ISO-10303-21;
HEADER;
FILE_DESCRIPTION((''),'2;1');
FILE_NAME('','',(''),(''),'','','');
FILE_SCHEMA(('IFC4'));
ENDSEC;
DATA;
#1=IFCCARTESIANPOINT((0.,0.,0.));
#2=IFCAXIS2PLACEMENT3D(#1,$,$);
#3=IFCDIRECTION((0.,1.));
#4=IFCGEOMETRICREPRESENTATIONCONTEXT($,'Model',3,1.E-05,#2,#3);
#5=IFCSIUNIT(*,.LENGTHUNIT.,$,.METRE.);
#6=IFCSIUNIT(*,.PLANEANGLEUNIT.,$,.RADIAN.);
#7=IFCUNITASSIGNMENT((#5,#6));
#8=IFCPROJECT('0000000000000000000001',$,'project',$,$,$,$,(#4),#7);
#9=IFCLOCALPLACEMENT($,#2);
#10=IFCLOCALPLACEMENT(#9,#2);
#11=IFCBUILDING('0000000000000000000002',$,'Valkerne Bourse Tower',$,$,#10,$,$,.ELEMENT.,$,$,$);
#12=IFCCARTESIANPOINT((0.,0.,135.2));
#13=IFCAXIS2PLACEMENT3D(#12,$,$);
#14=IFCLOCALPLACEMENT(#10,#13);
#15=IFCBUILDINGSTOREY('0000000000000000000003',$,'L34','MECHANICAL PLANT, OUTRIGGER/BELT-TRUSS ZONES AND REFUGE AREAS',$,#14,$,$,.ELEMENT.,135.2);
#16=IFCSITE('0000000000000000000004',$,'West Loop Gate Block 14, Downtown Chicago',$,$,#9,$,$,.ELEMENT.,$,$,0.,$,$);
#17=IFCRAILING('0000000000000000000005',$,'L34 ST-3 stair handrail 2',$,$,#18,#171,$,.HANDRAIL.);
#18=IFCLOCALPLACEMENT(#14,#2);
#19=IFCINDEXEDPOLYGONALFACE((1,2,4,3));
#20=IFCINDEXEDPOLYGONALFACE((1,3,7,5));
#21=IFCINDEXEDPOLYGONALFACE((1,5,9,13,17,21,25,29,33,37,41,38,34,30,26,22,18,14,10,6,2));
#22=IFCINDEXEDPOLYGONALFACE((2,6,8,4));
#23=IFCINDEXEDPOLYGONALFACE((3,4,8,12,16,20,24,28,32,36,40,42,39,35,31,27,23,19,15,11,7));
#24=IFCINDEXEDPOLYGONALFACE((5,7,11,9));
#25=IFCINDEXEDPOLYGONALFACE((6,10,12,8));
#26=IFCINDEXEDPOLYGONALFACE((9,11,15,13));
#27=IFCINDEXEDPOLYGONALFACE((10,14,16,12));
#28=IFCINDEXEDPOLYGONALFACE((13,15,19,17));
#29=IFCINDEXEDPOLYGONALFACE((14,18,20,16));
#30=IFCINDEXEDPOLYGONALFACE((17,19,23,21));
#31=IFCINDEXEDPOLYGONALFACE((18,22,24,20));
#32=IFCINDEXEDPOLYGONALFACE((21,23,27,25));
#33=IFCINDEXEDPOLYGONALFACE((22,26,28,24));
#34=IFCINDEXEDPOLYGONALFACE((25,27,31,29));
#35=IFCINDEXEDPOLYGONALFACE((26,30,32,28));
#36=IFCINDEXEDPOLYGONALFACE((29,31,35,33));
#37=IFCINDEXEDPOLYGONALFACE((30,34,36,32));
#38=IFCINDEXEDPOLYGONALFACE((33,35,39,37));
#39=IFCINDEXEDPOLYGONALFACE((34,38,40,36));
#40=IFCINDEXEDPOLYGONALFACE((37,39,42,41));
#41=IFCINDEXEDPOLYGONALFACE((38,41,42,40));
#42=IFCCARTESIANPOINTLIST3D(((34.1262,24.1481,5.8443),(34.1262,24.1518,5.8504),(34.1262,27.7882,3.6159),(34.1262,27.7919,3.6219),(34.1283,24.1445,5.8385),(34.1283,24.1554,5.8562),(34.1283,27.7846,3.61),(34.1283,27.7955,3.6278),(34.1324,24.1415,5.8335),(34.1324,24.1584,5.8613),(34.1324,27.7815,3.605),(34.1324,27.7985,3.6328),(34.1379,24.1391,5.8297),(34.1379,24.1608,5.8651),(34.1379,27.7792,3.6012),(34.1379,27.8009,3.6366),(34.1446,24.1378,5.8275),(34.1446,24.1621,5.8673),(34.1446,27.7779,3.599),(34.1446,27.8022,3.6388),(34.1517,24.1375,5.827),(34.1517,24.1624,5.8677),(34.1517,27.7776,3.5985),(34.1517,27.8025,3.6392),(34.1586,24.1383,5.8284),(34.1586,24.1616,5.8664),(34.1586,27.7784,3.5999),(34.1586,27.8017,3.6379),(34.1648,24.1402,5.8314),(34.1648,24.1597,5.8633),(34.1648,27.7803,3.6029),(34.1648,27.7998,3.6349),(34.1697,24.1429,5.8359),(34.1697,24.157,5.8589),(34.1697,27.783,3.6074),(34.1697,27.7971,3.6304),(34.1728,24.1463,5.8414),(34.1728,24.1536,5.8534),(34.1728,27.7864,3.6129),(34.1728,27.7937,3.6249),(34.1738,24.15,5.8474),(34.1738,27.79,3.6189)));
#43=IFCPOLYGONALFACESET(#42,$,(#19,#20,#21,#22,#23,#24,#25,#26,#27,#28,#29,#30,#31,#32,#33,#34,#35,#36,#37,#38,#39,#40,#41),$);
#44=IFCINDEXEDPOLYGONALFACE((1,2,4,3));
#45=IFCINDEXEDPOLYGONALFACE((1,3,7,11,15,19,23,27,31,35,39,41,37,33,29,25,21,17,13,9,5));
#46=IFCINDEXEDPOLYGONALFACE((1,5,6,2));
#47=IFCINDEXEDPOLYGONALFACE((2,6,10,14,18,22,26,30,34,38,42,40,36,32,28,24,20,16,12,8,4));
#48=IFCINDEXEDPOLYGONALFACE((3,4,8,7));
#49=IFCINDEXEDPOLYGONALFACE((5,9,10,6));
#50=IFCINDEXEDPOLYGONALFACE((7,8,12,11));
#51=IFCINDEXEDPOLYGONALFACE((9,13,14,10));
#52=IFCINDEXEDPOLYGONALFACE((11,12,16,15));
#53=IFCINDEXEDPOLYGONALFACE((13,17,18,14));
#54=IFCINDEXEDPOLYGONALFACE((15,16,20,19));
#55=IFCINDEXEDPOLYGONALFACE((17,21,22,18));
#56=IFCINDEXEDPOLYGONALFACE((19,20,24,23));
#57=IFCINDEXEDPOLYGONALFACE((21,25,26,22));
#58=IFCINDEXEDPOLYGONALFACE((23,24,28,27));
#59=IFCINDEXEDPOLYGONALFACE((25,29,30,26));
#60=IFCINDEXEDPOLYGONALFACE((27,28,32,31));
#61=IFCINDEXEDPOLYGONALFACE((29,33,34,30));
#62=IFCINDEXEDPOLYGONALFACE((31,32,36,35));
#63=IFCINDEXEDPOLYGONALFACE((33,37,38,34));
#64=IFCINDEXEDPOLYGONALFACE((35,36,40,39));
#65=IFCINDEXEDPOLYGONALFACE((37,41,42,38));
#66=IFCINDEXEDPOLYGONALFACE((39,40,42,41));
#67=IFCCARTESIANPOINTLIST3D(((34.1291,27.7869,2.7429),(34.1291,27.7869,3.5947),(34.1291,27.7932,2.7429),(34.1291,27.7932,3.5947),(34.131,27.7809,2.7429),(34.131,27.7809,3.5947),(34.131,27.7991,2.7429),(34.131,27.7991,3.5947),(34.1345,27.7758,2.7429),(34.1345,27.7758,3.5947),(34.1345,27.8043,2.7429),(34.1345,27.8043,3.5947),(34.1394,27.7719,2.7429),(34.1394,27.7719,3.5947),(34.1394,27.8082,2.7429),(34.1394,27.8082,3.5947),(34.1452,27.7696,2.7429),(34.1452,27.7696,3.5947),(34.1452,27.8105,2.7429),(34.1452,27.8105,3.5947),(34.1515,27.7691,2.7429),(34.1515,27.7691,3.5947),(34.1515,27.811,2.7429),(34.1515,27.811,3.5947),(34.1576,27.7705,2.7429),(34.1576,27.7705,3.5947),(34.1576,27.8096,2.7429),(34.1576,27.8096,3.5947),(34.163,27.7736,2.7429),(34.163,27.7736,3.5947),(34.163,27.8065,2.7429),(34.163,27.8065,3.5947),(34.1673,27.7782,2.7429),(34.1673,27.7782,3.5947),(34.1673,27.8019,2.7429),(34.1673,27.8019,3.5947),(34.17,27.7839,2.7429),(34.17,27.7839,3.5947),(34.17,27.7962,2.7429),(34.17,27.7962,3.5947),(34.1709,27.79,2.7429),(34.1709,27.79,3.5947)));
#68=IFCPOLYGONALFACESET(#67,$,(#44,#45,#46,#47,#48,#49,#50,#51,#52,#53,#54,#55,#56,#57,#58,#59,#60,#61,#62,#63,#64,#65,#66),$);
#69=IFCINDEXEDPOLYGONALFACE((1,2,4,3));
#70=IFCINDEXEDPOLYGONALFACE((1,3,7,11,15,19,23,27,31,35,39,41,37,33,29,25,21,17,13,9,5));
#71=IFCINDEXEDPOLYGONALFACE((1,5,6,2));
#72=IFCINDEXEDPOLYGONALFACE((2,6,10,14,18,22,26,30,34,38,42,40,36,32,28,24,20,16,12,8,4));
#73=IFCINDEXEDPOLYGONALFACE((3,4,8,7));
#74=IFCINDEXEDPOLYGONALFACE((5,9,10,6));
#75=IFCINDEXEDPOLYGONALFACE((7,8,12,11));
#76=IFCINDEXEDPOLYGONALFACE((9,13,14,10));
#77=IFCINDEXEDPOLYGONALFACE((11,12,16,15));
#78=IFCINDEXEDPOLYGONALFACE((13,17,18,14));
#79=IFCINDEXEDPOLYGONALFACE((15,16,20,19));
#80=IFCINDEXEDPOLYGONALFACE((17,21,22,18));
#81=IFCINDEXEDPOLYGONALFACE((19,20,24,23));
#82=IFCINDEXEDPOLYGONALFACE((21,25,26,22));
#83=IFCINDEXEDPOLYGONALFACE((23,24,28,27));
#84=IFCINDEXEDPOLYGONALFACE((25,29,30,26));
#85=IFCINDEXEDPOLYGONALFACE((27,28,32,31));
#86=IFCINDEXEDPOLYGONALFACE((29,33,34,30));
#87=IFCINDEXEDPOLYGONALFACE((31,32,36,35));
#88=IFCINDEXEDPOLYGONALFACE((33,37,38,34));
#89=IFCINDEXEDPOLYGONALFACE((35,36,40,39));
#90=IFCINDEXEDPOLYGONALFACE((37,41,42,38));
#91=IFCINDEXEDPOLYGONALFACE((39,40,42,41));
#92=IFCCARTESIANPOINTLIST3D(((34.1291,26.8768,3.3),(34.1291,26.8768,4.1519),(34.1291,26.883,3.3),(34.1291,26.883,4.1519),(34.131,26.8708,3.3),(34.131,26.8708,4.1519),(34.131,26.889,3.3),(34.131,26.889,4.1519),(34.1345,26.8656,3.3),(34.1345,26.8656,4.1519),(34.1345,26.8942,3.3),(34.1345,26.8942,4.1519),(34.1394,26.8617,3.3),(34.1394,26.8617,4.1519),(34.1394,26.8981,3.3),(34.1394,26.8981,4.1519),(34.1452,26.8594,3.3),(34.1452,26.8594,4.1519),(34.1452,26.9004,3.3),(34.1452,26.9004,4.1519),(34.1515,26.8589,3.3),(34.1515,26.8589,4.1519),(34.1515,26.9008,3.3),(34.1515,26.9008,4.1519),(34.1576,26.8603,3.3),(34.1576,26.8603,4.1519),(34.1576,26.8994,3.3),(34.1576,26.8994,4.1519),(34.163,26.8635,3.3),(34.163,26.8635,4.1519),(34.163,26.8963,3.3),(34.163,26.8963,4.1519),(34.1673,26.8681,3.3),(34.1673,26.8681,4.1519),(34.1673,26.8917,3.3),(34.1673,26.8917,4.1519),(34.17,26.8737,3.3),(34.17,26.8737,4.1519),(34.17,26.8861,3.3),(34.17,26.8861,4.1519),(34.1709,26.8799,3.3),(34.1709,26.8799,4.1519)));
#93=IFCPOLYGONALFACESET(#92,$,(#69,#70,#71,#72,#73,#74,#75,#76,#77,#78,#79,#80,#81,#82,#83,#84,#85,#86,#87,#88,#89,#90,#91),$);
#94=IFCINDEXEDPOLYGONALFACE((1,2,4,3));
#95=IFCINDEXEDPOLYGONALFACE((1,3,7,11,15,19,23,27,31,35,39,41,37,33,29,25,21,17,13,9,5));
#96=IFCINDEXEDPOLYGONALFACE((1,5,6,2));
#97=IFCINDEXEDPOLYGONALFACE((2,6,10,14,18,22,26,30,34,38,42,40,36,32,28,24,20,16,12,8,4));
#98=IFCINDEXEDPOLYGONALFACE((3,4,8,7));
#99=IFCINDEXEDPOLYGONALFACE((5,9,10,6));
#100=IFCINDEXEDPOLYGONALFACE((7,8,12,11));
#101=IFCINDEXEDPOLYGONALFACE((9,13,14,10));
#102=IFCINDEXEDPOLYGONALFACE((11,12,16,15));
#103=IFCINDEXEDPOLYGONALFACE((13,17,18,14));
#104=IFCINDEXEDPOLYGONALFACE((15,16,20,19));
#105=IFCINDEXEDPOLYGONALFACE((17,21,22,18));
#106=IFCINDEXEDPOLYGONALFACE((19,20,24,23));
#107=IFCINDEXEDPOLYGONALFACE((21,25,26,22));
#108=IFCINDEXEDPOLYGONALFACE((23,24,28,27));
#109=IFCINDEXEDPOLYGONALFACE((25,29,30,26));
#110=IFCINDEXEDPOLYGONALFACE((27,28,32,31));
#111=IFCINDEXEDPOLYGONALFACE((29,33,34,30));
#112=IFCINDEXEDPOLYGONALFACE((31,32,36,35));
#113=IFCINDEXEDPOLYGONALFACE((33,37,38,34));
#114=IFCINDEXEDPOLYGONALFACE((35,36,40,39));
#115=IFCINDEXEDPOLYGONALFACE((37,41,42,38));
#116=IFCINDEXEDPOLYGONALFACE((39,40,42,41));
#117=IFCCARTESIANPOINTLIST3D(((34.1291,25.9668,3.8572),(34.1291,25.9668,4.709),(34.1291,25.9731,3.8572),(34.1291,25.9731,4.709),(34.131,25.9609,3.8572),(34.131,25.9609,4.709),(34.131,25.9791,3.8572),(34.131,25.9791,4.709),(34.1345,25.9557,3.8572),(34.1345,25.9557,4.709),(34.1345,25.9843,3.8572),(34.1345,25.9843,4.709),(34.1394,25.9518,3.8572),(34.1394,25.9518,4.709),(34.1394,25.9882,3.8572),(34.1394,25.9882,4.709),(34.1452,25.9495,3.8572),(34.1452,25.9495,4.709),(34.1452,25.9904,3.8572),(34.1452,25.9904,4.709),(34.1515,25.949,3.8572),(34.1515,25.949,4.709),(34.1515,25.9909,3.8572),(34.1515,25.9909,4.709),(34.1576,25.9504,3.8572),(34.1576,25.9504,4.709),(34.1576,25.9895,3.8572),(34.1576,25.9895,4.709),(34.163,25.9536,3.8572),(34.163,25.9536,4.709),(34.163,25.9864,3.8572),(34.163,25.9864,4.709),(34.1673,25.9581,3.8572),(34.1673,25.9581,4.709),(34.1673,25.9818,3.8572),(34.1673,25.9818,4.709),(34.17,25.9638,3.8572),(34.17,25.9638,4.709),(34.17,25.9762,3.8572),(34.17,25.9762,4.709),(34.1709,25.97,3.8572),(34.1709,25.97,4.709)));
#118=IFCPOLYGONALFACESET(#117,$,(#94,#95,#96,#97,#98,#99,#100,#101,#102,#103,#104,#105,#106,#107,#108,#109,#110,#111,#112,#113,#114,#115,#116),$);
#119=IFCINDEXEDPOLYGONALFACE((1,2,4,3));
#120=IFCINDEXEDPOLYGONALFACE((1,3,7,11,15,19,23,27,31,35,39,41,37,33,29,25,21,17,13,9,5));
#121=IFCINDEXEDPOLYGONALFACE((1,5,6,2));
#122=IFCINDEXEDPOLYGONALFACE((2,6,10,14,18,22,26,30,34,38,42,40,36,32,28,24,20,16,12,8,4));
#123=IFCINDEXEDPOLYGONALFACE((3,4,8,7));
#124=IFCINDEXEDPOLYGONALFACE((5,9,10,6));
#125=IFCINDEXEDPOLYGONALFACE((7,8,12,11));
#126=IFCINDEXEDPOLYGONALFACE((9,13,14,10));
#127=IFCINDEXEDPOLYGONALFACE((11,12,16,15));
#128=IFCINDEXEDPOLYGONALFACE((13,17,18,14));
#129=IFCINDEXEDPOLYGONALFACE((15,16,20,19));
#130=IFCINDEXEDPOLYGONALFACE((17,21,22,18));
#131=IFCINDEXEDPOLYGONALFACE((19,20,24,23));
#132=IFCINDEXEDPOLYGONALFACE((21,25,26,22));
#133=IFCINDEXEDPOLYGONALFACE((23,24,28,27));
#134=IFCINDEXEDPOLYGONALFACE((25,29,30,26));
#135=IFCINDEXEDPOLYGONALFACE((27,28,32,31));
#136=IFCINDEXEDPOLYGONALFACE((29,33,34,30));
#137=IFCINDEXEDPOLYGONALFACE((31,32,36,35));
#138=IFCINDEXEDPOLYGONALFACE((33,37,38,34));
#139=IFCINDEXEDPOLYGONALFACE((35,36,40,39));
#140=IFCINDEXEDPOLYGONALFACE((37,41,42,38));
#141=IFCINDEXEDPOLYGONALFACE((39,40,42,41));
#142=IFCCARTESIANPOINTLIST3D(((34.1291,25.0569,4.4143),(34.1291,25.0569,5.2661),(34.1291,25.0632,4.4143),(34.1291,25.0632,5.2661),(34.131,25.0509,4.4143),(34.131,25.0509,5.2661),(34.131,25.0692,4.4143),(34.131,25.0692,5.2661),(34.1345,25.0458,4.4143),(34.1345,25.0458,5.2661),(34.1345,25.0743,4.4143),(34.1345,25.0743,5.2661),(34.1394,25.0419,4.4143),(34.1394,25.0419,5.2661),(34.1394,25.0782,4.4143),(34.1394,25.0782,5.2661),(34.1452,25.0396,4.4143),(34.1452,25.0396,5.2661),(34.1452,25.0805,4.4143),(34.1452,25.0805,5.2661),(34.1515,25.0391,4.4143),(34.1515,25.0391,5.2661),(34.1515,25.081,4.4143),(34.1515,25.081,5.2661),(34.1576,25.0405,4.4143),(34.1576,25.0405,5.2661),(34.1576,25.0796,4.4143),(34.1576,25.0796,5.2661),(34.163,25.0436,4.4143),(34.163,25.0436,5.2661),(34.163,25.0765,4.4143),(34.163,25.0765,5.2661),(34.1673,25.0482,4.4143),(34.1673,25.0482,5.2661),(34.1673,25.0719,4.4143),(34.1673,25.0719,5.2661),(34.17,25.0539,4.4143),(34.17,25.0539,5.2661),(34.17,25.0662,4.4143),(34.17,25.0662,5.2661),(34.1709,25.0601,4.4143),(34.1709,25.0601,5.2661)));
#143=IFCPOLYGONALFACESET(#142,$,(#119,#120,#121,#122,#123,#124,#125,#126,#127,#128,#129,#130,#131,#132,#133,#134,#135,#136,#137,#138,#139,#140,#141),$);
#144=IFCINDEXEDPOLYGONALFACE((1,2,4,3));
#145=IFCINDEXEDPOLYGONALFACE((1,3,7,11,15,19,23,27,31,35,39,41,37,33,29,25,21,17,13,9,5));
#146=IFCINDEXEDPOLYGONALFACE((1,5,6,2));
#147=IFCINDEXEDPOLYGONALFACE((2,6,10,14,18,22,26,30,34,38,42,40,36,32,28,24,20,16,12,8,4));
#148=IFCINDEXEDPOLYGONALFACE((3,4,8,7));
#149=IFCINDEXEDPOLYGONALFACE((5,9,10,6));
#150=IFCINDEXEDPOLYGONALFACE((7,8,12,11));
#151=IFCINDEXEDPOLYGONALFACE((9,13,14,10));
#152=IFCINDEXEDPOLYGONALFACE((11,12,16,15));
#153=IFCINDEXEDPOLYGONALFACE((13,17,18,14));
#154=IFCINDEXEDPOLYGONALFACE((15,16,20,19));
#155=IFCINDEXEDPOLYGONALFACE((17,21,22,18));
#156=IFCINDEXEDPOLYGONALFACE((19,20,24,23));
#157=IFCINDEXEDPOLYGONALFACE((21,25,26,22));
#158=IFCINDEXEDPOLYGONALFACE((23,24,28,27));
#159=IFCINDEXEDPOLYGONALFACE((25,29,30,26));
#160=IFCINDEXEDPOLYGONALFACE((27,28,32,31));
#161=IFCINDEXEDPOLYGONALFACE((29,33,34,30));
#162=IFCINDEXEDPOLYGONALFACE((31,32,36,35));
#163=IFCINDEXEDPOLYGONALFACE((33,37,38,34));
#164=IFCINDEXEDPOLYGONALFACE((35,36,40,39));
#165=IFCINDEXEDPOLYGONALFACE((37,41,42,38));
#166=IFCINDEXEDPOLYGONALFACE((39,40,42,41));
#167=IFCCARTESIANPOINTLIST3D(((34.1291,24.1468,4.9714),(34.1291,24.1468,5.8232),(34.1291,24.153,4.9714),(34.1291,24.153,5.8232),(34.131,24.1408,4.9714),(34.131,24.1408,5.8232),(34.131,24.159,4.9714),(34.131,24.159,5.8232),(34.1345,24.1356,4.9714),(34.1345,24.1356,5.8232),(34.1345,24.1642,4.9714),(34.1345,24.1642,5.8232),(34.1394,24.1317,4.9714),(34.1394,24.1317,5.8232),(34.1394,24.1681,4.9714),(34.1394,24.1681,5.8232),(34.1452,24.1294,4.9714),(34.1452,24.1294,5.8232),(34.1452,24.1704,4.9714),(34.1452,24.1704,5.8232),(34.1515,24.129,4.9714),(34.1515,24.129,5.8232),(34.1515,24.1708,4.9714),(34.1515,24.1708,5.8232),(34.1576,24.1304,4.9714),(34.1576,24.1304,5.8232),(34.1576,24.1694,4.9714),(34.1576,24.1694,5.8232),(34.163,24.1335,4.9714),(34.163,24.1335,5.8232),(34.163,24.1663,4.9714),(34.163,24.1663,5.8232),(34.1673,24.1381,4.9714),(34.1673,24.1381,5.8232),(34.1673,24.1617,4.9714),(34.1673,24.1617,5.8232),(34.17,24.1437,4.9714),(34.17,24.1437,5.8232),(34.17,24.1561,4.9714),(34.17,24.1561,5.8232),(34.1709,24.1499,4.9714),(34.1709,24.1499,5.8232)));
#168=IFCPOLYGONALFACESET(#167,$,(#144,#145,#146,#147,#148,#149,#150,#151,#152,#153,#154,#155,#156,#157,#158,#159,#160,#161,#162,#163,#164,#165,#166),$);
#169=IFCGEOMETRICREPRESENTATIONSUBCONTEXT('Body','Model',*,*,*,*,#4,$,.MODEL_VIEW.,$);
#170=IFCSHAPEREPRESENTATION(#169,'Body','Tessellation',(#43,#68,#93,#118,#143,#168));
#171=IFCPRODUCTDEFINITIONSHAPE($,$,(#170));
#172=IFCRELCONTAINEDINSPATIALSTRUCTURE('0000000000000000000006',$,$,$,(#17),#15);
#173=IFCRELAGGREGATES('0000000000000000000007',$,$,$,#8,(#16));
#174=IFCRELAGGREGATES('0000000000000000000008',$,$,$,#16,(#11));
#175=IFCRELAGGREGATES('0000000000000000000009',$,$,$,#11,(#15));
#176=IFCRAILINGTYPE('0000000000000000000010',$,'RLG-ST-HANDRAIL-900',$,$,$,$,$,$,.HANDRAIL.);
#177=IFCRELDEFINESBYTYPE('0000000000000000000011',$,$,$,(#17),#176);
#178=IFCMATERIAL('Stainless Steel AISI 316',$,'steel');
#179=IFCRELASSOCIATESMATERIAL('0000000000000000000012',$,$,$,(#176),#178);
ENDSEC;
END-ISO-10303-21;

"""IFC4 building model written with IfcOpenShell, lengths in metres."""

from ifc_helpers import new_model, si_unit, direction, frame, origin, origin_2d, place, context, subcontext, project, spatial, circle, extrude, material, type_object, element, save


model = new_model("IFC4")

# Units and contexts
model_context = context("Model", 3, precision=1e-05, world=origin(), true_north=direction((0.0, 1.0)))
body_context = subcontext(model_context, "Body", "Model", "MODEL_VIEW")
ifc_project = project(units=[si_unit("LENGTHUNIT", "METRE"), si_unit("PLANEANGLEUNIT", "RADIAN")], contexts=[model_context])

# Site, building, storey
site_placement = place(None, origin())
site = spatial("IfcSite", under=ifc_project, at=site_placement, Name="West Loop Gate Block 14, Downtown Chicago", CompositionType="ELEMENT", RefElevation=0.0)
building_placement = place(site_placement, origin())
building = spatial("IfcBuilding", under=site, at=building_placement, Name="Valkerne Bourse Tower", CompositionType="ELEMENT")
storey_placement = place(building_placement, frame((0.0, 0.0, 135.2)))
storey = spatial("IfcBuildingStorey", under=building, at=storey_placement, Name="L34", Description="MECHANICAL PLANT, OUTRIGGER/BELT-TRUSS ZONES AND REFUGE AREAS", CompositionType="ELEMENT", Elevation=135.2)

# Railing
ifc_material_1 = material(Name="Stainless Steel AISI 316", Category="steel")
railing_type_1 = type_object("IfcRailingType", Name="RLG-ST-HANDRAIL-900", PredefinedType="HANDRAIL", material=ifc_material_1)
railing_1_placement = place(storey_placement, frame((34.1499, 27.79, 2.7429)))
element("IfcRailing", 1, at=railing_1_placement, inside=storey, type_object=railing_type_1, Name="L34 ST-3 stair handrail 2", PredefinedType="HANDRAIL", context=body_context, shape_type="SweptSolid", body=[
    extrude(circle(Radius=0.0239, at=origin_2d()), frame((0.0, 0.0, 0.876), z_axis=(0.0, -0.852866, 0.52213), x_axis=(1.0, 0.0, 0.0)), (0.0, 0.0, 1.0), 4.2681),
    extrude(circle(Radius=0.021, at=origin_2d()), origin(), (0.0, 0.0, 1.0), 0.8518),
    extrude(circle(Radius=0.021, at=origin_2d()), frame((0.0, -0.9102, 0.5571)), (0.0, 0.0, 1.0), 0.8518),
    extrude(circle(Radius=0.021, at=origin_2d()), frame((0.0, -1.8201, 1.1143)), (0.0, 0.0, 1.0), 0.8518),
    extrude(circle(Radius=0.021, at=origin_2d()), frame((0.0, -2.73, 1.6714)), (0.0, 0.0, 1.0), 0.8518),
    extrude(circle(Radius=0.021, at=origin_2d()), frame((0.0, -3.6401, 2.2285)), (0.0, 0.0, 1.0), 0.8518),
])

save(model, "model.ifc")
